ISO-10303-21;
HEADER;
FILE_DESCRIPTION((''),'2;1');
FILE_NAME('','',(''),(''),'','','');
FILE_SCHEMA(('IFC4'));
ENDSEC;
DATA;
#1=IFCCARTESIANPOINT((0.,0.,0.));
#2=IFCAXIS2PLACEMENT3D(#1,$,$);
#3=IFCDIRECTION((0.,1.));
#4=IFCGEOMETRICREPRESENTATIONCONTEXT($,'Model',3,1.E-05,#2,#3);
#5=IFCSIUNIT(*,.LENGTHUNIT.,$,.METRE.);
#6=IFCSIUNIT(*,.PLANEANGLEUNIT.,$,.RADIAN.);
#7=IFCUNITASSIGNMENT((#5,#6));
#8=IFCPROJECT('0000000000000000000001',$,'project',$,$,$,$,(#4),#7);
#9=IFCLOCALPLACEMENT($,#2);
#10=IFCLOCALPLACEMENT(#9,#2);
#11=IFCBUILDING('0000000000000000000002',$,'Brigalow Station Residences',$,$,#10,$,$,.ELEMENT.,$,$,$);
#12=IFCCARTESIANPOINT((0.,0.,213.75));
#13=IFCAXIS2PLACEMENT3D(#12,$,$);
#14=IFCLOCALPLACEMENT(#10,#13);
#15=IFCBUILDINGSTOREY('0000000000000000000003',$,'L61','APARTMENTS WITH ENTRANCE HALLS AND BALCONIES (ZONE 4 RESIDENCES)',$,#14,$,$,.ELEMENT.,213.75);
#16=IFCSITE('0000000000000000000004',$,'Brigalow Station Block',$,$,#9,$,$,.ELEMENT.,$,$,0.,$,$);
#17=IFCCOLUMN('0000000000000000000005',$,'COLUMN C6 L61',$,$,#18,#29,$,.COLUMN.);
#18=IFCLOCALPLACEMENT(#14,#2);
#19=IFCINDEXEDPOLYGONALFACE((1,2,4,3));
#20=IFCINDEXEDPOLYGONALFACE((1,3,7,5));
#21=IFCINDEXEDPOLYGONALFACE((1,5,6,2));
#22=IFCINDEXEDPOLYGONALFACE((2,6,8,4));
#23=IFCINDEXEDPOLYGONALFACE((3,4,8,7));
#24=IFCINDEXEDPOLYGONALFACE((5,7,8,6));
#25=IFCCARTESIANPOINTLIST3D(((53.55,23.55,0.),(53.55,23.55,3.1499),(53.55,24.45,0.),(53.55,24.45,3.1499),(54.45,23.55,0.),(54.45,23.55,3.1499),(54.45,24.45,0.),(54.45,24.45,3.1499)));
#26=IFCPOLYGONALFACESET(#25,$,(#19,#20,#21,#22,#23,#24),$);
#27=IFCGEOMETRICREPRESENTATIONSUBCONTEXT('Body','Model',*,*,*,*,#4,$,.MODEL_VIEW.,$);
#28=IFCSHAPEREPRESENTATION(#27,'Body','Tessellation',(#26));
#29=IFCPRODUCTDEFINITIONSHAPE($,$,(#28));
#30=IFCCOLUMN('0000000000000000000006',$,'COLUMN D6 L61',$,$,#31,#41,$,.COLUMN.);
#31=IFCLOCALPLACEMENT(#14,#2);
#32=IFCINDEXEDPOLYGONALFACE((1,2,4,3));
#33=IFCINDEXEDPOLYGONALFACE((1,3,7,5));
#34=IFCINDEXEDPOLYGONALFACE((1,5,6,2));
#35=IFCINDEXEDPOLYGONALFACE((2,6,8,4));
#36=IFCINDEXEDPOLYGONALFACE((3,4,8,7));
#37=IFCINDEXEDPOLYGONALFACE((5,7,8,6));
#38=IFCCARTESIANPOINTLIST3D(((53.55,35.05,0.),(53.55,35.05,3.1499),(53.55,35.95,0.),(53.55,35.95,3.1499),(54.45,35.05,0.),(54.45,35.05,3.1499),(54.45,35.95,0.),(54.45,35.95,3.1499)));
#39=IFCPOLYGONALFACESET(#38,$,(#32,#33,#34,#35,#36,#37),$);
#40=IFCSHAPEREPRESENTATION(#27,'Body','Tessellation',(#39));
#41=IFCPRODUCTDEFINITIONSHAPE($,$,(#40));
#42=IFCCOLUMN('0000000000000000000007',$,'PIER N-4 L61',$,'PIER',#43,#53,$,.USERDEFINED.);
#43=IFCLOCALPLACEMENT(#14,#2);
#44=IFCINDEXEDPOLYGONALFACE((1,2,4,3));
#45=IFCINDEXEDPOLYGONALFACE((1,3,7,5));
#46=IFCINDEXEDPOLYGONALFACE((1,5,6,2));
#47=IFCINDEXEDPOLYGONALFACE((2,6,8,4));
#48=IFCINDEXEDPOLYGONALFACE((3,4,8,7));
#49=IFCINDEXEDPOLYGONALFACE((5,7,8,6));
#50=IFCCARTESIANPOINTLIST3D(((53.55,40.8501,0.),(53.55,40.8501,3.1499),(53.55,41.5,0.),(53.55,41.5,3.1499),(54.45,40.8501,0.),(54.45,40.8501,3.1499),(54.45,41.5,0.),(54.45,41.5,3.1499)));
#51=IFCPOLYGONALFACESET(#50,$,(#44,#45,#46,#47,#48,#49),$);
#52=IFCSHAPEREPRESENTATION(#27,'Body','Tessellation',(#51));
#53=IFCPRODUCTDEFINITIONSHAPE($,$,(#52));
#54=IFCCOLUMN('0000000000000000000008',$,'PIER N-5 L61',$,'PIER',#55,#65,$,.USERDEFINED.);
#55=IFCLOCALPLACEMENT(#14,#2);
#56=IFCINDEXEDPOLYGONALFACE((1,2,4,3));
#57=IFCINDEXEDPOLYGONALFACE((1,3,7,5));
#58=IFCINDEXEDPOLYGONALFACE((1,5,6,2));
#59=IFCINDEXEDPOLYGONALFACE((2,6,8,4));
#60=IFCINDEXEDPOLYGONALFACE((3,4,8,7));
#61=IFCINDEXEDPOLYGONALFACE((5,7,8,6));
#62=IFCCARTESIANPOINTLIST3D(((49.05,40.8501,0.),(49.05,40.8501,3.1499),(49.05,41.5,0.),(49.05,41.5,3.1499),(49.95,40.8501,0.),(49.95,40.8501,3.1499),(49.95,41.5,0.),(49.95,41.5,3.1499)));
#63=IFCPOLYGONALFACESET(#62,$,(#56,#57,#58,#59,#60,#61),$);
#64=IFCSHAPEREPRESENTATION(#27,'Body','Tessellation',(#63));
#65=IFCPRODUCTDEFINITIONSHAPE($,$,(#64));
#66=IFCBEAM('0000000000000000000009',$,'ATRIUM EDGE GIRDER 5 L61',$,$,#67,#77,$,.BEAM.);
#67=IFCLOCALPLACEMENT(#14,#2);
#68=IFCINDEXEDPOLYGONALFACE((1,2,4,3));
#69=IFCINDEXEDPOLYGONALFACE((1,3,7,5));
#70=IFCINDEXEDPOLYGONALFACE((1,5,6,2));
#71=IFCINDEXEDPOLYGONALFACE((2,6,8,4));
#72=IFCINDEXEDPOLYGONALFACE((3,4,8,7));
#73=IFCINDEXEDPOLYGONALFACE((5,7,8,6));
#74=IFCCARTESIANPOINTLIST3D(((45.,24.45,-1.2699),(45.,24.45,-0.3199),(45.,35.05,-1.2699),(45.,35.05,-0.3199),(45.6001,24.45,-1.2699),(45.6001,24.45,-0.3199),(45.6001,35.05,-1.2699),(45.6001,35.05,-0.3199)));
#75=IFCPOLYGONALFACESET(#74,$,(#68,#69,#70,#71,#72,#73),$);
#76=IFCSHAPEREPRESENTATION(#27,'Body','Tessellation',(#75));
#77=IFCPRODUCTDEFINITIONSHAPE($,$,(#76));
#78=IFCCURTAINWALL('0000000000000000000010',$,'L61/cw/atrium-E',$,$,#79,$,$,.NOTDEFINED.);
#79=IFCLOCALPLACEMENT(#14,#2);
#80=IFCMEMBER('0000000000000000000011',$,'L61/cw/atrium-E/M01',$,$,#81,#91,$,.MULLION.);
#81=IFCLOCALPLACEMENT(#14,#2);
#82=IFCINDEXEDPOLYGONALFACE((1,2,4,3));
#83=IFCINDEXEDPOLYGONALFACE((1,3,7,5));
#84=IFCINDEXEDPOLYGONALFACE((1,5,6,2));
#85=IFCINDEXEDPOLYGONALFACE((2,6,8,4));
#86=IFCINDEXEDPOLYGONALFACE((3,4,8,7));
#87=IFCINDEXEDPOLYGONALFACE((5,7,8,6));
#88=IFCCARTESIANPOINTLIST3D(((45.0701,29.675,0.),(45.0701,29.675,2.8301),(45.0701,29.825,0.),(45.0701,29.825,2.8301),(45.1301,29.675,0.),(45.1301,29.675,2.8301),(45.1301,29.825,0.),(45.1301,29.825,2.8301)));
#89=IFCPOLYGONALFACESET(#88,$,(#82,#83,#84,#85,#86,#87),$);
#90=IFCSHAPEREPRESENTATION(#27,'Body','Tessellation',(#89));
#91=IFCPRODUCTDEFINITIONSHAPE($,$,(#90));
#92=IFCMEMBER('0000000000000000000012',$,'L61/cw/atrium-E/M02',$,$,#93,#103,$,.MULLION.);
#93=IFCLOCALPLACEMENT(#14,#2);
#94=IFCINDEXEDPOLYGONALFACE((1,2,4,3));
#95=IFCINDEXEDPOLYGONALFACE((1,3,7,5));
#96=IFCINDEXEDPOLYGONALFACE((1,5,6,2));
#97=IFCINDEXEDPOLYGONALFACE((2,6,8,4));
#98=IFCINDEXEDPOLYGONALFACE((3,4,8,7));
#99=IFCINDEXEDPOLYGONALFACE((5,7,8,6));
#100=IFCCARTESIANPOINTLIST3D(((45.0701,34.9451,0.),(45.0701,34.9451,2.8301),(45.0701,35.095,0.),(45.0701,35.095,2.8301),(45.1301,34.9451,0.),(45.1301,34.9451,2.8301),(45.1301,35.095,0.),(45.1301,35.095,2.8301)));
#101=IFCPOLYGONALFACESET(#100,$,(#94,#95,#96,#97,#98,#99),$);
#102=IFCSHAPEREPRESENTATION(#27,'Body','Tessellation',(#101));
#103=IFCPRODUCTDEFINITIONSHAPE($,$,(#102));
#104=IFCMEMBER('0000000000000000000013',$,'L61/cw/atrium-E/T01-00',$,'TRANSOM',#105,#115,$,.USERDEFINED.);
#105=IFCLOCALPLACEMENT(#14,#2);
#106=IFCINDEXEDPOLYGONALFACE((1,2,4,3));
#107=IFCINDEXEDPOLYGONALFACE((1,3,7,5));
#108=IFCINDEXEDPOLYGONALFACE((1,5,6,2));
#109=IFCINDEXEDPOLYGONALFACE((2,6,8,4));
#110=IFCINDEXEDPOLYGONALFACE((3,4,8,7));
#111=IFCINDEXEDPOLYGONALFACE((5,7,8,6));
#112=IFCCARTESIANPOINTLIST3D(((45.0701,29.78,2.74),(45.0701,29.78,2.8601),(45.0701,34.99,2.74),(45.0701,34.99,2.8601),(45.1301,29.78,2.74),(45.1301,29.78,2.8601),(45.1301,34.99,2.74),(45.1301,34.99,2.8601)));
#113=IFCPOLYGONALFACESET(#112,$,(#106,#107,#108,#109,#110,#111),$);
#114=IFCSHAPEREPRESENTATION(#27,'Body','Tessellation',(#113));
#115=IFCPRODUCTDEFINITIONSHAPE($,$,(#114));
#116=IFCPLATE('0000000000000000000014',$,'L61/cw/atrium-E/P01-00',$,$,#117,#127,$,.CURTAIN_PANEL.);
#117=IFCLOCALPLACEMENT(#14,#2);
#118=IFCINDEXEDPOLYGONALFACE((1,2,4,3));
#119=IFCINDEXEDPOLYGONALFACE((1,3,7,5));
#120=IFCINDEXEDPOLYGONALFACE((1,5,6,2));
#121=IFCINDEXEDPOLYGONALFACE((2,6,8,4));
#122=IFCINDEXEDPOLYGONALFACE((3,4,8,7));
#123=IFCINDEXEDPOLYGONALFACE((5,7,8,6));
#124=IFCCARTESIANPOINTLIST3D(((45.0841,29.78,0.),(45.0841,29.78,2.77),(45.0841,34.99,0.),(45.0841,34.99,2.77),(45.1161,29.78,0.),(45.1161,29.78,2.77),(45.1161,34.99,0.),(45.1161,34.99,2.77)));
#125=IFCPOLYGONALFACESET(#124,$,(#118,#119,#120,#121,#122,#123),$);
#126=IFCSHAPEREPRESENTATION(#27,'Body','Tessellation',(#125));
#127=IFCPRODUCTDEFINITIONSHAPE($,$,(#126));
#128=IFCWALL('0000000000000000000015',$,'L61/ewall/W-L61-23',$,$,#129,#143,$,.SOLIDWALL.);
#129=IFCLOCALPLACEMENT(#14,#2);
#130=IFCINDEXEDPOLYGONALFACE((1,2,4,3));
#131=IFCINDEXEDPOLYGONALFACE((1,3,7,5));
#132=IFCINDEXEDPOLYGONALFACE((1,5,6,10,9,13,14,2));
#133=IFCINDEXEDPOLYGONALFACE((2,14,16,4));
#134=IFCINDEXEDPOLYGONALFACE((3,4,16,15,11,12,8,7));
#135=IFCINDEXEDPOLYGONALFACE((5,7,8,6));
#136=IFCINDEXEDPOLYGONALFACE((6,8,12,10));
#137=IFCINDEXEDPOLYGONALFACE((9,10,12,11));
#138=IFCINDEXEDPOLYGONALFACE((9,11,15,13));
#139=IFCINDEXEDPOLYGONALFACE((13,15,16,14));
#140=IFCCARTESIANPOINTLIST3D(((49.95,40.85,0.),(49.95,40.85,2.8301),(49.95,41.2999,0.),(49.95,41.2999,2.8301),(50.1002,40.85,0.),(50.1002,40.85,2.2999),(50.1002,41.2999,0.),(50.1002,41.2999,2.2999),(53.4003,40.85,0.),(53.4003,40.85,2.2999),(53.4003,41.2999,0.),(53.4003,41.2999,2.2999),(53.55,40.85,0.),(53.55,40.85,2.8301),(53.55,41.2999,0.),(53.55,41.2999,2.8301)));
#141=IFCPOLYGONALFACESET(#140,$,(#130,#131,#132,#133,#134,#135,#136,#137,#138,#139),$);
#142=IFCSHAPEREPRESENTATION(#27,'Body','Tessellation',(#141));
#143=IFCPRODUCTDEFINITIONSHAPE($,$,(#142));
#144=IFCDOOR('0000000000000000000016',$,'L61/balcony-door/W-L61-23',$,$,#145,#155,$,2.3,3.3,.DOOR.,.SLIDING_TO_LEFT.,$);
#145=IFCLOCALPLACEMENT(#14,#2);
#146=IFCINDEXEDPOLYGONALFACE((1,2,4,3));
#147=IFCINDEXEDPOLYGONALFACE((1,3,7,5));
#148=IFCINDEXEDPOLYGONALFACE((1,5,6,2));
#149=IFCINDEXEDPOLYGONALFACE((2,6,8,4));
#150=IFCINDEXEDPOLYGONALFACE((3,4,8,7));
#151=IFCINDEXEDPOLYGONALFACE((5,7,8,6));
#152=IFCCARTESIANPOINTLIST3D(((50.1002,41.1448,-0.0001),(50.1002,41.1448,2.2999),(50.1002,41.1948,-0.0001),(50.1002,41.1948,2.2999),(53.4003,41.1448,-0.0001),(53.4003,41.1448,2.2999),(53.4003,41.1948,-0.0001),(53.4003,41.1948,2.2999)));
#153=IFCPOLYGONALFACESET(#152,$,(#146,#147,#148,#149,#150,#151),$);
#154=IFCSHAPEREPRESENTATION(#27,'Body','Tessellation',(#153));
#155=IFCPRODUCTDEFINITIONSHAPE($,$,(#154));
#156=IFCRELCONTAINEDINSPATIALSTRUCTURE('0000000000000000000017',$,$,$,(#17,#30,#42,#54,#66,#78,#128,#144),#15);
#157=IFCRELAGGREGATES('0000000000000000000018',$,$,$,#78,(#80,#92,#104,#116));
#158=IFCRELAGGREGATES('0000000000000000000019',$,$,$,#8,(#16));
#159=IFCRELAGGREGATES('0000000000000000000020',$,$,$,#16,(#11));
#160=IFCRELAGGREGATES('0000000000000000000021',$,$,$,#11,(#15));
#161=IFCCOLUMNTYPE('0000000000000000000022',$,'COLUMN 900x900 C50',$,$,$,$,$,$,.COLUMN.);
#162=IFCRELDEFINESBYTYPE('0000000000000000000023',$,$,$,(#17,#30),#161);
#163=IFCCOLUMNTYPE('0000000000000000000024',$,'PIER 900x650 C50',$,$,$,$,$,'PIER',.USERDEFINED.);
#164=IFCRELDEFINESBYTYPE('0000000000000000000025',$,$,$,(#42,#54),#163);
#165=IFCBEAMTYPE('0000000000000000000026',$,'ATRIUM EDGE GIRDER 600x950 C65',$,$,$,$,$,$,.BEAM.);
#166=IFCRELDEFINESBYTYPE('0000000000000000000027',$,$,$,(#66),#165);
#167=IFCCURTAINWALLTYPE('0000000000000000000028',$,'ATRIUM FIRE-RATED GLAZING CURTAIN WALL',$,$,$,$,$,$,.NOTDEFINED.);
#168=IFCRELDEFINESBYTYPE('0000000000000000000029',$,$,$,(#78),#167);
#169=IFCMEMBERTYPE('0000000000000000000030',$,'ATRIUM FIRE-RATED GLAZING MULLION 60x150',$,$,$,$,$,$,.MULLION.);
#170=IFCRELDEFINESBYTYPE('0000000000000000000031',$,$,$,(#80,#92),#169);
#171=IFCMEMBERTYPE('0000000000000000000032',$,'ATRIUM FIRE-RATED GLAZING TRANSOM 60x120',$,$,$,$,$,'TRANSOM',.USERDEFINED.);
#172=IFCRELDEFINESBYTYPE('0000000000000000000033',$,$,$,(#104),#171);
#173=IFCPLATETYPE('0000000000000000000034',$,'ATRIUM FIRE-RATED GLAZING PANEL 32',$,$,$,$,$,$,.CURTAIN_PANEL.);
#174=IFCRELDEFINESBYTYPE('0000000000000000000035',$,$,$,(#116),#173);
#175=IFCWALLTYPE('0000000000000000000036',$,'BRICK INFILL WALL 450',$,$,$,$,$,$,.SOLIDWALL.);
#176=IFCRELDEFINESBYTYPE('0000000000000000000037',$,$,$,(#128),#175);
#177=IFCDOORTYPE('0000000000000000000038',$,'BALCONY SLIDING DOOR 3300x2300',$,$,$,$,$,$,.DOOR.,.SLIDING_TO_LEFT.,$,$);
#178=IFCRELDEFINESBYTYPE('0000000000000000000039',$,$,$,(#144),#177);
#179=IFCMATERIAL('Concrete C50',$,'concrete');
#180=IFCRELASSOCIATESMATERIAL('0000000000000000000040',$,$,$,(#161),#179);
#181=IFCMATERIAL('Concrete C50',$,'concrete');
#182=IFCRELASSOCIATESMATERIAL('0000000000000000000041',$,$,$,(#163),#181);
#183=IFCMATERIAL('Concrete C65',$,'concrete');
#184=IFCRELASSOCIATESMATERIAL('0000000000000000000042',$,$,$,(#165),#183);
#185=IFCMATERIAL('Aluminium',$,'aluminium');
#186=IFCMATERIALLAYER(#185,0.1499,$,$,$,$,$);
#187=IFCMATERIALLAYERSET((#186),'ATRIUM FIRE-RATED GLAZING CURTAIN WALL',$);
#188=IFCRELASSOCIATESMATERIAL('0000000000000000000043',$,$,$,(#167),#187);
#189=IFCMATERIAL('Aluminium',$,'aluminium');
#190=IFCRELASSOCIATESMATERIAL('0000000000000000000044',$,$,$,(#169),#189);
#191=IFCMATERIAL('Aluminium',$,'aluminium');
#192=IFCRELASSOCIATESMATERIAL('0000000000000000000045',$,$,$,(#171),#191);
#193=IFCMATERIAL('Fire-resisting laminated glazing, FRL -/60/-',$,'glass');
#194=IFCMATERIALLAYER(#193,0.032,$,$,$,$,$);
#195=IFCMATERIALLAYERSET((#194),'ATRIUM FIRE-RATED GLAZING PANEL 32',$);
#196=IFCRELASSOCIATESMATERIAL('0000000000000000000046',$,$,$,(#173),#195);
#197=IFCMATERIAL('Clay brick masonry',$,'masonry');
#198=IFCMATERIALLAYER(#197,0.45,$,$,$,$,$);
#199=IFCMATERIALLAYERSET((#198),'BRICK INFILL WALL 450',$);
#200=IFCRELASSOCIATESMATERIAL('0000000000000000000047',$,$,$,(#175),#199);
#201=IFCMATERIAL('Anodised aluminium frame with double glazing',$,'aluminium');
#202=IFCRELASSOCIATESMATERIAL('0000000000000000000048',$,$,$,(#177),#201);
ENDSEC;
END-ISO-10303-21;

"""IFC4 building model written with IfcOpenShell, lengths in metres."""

from ifc_helpers import new_model, si_unit, direction, frame, frame_2d, origin, origin_2d, place, context, subcontext, project, spatial, rectangle, extrude, material, layer, layer_set, material_profile, profile_set, type_object, element, fill, aggregate, save


model = new_model("IFC4")

# Units and contexts
model_context = context("Model", 3, precision=1e-05, world=origin(), true_north=direction((0.0, 1.0)))
body_context = subcontext(model_context, "Body", "Model", "MODEL_VIEW")
ifc_project = project(units=[si_unit("LENGTHUNIT", "METRE"), si_unit("PLANEANGLEUNIT", "RADIAN")], contexts=[model_context])

# Site, building, storey
site_placement = place(None, origin())
site = spatial("IfcSite", under=ifc_project, at=site_placement, Name="Brigalow Station Block", CompositionType="ELEMENT", RefElevation=0.0)
building_placement = place(site_placement, origin())
building = spatial("IfcBuilding", under=site, at=building_placement, Name="Brigalow Station Residences", CompositionType="ELEMENT")
storey_placement = place(building_placement, frame((0.0, 0.0, 213.75)))
storey = spatial("IfcBuildingStorey", under=building, at=storey_placement, Name="L61", Description="APARTMENTS WITH ENTRANCE HALLS AND BALCONIES (ZONE 4 RESIDENCES)", CompositionType="ELEMENT", Elevation=213.75)

# Columns
ifc_material_1 = material(Name="Concrete C50", Category="concrete")
ifc_material_profile_1 = material_profile(ifc_material_1, rectangle(XDim=0.8999, YDim=0.8999, at=origin_2d()), Name="RC900x900")
ifc_profile_set_1 = profile_set([ifc_material_profile_1], Name="Concrete C50")
column_type_1 = type_object("IfcColumnType", Name="COLUMN 900x900 C50", PredefinedType="COLUMN", material=ifc_profile_set_1)
for number, where, z_axis, x_axis, name in (
    (1, (54.0, 24.0, 0.0), (0.0, 0.0, 1.0), (1.0, 0.0, 0.0), "COLUMN C6 L61"),
    (2, (54.0, 35.5, 0.0), (0.0, 0.0, 1.0), (1.0, 0.0, 0.0), "COLUMN D6 L61"),
):
    element("IfcColumn", number, at=place(storey_placement, frame(where, z_axis=z_axis, x_axis=x_axis)), inside=storey, type_object=column_type_1, Name=name, PredefinedType="COLUMN", context=body_context, shape_type="SweptSolid", body=[
        extrude(rectangle(XDim=0.8999, YDim=0.8999, at=origin_2d()), origin(), (0.0, 0.0, 1.0), 3.1499),
    ])
ifc_material_2 = material(Name="Concrete C50", Category="concrete")
ifc_material_profile_2 = material_profile(ifc_material_2, rectangle(XDim=0.8999, YDim=0.6499, at=origin_2d()), Name="RC900x650")
ifc_profile_set_2 = profile_set([ifc_material_profile_2], Name="Concrete C50")
column_type_2 = type_object("IfcColumnType", Name="PIER 900x650 C50", ElementType="PIER", PredefinedType="USERDEFINED", material=ifc_profile_set_2)
for number, where, z_axis, x_axis, name in (
    (3, (54.0, 41.175, 0.0), (0.0, 0.0, 1.0), (-1.0, 0.0, 0.0), "PIER N-4 L61"),
    (4, (49.5, 41.175, 0.0), (0.0, 0.0, 1.0), (-1.0, 0.0, 0.0), "PIER N-5 L61"),
):
    element("IfcColumn", number, at=place(storey_placement, frame(where, z_axis=z_axis, x_axis=x_axis)), inside=storey, type_object=column_type_2, Name=name, ObjectType="PIER", PredefinedType="USERDEFINED", context=body_context, shape_type="SweptSolid", body=[
        extrude(rectangle(XDim=0.8999, YDim=0.6499, at=origin_2d()), origin(), (0.0, 0.0, 1.0), 3.1499),
    ])

# Beam
ifc_material_3 = material(Name="Concrete C65", Category="concrete")
ifc_material_profile_3 = material_profile(ifc_material_3, rectangle(XDim=0.6001, YDim=0.95, at=origin_2d()), Name="RC600x950")
ifc_profile_set_3 = profile_set([ifc_material_profile_3], Name="Concrete C65")
beam_type = type_object("IfcBeamType", Name="ATRIUM EDGE GIRDER 600x950 C65", PredefinedType="BEAM", material=ifc_profile_set_3)
beam_placement = place(storey_placement, frame((45.3, 24.45, -0.7949), z_axis=(0.0, 1.0, 0.0), x_axis=(-1.0, 0.0, 0.0)))
element("IfcBeam", 5, at=beam_placement, inside=storey, type_object=beam_type, Name="ATRIUM EDGE GIRDER 5 L61", PredefinedType="BEAM", context=body_context, shape_type="SweptSolid", body=[
    extrude(rectangle(XDim=0.6001, YDim=0.95, at=origin_2d()), origin(), (0.0, 0.0, 1.0), 10.6001),
])

# Curtain wall, members, plate
ifc_material_4 = material(Name="Aluminium", Category="aluminium")
ifc_layer_1 = layer(ifc_material_4, 0.1499)
ifc_layer_set_1 = layer_set([ifc_layer_1], Name="ATRIUM FIRE-RATED GLAZING CURTAIN WALL")
curtain_wall_type = type_object("IfcCurtainWallType", Name="ATRIUM FIRE-RATED GLAZING CURTAIN WALL", PredefinedType="NOTDEFINED", material=ifc_layer_set_1)
curtain_wall_placement = place(storey_placement, origin())
curtain_wall = element("IfcCurtainWall", 6, at=curtain_wall_placement, inside=storey, type_object=curtain_wall_type, Name="L61/cw/atrium-E", PredefinedType="NOTDEFINED")
ifc_material_5 = material(Name="Aluminium", Category="aluminium")
ifc_material_profile_4 = material_profile(ifc_material_5, rectangle(XDim=0.0601, YDim=0.1499, at=origin_2d()), Name="ATRIUM FIRE-RATED GLAZING MULLION 60x150")
ifc_profile_set_4 = profile_set([ifc_material_profile_4], Name="Aluminium")
member_type_1 = type_object("IfcMemberType", Name="ATRIUM FIRE-RATED GLAZING MULLION 60x150", PredefinedType="MULLION", material=ifc_profile_set_4)
member_1_placement = place(storey_placement, frame((45.1001, 29.75, 0.0), z_axis=(0.0, 0.0, 1.0), x_axis=(-1.0, 0.0, 0.0)))
member_1 = element("IfcMember", 7, at=member_1_placement, type_object=member_type_1, Name="L61/cw/atrium-E/M01", PredefinedType="MULLION", context=body_context, shape_type="SweptSolid", body=[
    extrude(rectangle(XDim=0.0601, YDim=0.1499, at=origin_2d()), origin(), (0.0, 0.0, 1.0), 2.8301),
])
member_2_placement = place(storey_placement, frame((45.1001, 35.02, 0.0), z_axis=(0.0, 0.0, 1.0), x_axis=(-1.0, 0.0, 0.0)))
member_2 = element("IfcMember", 8, at=member_2_placement, type_object=member_type_1, Name="L61/cw/atrium-E/M02", PredefinedType="MULLION", context=body_context, shape_type="SweptSolid", body=[
    extrude(rectangle(XDim=0.0601, YDim=0.1499, at=origin_2d()), origin(), (0.0, 0.0, 1.0), 2.8301),
])
ifc_material_6 = material(Name="Aluminium", Category="aluminium")
ifc_material_profile_5 = material_profile(ifc_material_6, rectangle(XDim=0.0601, YDim=0.1201, at=origin_2d()), Name="ATRIUM FIRE-RATED GLAZING TRANSOM 60x120")
ifc_profile_set_5 = profile_set([ifc_material_profile_5], Name="Aluminium")
member_type_2 = type_object("IfcMemberType", Name="ATRIUM FIRE-RATED GLAZING TRANSOM 60x120", ElementType="TRANSOM", PredefinedType="USERDEFINED", material=ifc_profile_set_5)
member_3_placement = place(storey_placement, frame((45.1001, 29.78, 2.8), z_axis=(0.0, 1.0, 0.0), x_axis=(-1.0, 0.0, 0.0)))
member_3 = element("IfcMember", 9, at=member_3_placement, type_object=member_type_2, Name="L61/cw/atrium-E/T01-00", ObjectType="TRANSOM", PredefinedType="USERDEFINED", context=body_context, shape_type="SweptSolid", body=[
    extrude(rectangle(XDim=0.0601, YDim=0.1201, at=origin_2d()), origin(), (0.0, 0.0, 1.0), 5.21),
])
ifc_material_7 = material(Name="Fire-resisting laminated glazing, FRL -/60/-", Category="glass")
ifc_layer_2 = layer(ifc_material_7, 0.032)
ifc_layer_set_2 = layer_set([ifc_layer_2], Name="ATRIUM FIRE-RATED GLAZING PANEL 32")
plate_type = type_object("IfcPlateType", Name="ATRIUM FIRE-RATED GLAZING PANEL 32", PredefinedType="CURTAIN_PANEL", material=ifc_layer_set_2)
plate_placement = place(storey_placement, frame((45.1001, 32.385, 0.0), z_axis=(0.0, 0.0, 1.0), x_axis=(0.0, 1.0, 0.0)))
plate = element("IfcPlate", 10, at=plate_placement, type_object=plate_type, Name="L61/cw/atrium-E/P01-00", PredefinedType="CURTAIN_PANEL", context=body_context, shape_type="SweptSolid", body=[
    extrude(rectangle(XDim=5.21, YDim=0.032, at=origin_2d()), origin(), (0.0, 0.0, 1.0), 2.77),
])
aggregate(curtain_wall, [member_1, member_2, member_3, plate])

# Wall, opening, door
ifc_material_8 = material(Name="Clay brick masonry", Category="masonry")
ifc_layer_3 = layer(ifc_material_8, 0.45)
ifc_layer_set_3 = layer_set([ifc_layer_3], Name="BRICK INFILL WALL 450")
wall_type_1 = type_object("IfcWallType", Name="BRICK INFILL WALL 450", PredefinedType="SOLIDWALL", material=ifc_layer_set_3)
wall_1_placement = place(storey_placement, frame((53.55, 41.075, 0.0), z_axis=(0.0, 0.0, 1.0), x_axis=(-1.0, 0.0, 0.0)))
wall_1 = element("IfcWall", 11, at=wall_1_placement, inside=storey, type_object=wall_type_1, Name="L61/ewall/W-L61-23", PredefinedType="SOLIDWALL", context=body_context, shape_type="SweptSolid", body=[
    extrude(rectangle(XDim=3.6001, YDim=0.45, at=frame_2d((1.8, 0.0))), origin(), (0.0, 0.0, 1.0), 2.8301),
])
opening_1_placement = place(wall_1_placement, frame((0.1499, 0.0, 0.0)))
opening_1 = element("IfcOpeningElement", 12, at=opening_1_placement, cuts=wall_1, PredefinedType="OPENING", context=body_context, shape_type="SweptSolid", body=[
    extrude(rectangle(XDim=3.3, YDim=2.3, at=frame_2d((1.6499, 1.1499))), frame((0.0, 0.2349, 0.0), z_axis=(0.0, -1.0, 0.0), x_axis=(1.0, 0.0, 0.0)), (0.0, 0.0, 1.0), 0.47),
])
ifc_material_9 = material(Name="Anodised aluminium frame with double glazing", Category="aluminium")
door_type_1 = type_object("IfcDoorType", Name="BALCONY SLIDING DOOR 3300x2300", OperationType="SLIDING_TO_LEFT", PredefinedType="DOOR", material=ifc_material_9)
door_1_placement = place(opening_1_placement, origin())
door_1 = element("IfcDoor", 13, at=door_1_placement, inside=storey, type_object=door_type_1, Name="L61/balcony-door/W-L61-23", OperationType="SLIDING_TO_LEFT", OverallHeight=2.3, OverallWidth=3.3, PredefinedType="DOOR", context=body_context, shape_type="SweptSolid", body=[
    extrude(rectangle(XDim=3.3, YDim=2.3, at=frame_2d((1.6499, 1.1499))), frame((0.0, -0.0698, 0.0), z_axis=(0.0, -1.0, 0.0), x_axis=(1.0, 0.0, 0.0)), (0.0, 0.0, 1.0), 0.05),
])
fill(opening_1, door_1)

save(model, "model.ifc")
